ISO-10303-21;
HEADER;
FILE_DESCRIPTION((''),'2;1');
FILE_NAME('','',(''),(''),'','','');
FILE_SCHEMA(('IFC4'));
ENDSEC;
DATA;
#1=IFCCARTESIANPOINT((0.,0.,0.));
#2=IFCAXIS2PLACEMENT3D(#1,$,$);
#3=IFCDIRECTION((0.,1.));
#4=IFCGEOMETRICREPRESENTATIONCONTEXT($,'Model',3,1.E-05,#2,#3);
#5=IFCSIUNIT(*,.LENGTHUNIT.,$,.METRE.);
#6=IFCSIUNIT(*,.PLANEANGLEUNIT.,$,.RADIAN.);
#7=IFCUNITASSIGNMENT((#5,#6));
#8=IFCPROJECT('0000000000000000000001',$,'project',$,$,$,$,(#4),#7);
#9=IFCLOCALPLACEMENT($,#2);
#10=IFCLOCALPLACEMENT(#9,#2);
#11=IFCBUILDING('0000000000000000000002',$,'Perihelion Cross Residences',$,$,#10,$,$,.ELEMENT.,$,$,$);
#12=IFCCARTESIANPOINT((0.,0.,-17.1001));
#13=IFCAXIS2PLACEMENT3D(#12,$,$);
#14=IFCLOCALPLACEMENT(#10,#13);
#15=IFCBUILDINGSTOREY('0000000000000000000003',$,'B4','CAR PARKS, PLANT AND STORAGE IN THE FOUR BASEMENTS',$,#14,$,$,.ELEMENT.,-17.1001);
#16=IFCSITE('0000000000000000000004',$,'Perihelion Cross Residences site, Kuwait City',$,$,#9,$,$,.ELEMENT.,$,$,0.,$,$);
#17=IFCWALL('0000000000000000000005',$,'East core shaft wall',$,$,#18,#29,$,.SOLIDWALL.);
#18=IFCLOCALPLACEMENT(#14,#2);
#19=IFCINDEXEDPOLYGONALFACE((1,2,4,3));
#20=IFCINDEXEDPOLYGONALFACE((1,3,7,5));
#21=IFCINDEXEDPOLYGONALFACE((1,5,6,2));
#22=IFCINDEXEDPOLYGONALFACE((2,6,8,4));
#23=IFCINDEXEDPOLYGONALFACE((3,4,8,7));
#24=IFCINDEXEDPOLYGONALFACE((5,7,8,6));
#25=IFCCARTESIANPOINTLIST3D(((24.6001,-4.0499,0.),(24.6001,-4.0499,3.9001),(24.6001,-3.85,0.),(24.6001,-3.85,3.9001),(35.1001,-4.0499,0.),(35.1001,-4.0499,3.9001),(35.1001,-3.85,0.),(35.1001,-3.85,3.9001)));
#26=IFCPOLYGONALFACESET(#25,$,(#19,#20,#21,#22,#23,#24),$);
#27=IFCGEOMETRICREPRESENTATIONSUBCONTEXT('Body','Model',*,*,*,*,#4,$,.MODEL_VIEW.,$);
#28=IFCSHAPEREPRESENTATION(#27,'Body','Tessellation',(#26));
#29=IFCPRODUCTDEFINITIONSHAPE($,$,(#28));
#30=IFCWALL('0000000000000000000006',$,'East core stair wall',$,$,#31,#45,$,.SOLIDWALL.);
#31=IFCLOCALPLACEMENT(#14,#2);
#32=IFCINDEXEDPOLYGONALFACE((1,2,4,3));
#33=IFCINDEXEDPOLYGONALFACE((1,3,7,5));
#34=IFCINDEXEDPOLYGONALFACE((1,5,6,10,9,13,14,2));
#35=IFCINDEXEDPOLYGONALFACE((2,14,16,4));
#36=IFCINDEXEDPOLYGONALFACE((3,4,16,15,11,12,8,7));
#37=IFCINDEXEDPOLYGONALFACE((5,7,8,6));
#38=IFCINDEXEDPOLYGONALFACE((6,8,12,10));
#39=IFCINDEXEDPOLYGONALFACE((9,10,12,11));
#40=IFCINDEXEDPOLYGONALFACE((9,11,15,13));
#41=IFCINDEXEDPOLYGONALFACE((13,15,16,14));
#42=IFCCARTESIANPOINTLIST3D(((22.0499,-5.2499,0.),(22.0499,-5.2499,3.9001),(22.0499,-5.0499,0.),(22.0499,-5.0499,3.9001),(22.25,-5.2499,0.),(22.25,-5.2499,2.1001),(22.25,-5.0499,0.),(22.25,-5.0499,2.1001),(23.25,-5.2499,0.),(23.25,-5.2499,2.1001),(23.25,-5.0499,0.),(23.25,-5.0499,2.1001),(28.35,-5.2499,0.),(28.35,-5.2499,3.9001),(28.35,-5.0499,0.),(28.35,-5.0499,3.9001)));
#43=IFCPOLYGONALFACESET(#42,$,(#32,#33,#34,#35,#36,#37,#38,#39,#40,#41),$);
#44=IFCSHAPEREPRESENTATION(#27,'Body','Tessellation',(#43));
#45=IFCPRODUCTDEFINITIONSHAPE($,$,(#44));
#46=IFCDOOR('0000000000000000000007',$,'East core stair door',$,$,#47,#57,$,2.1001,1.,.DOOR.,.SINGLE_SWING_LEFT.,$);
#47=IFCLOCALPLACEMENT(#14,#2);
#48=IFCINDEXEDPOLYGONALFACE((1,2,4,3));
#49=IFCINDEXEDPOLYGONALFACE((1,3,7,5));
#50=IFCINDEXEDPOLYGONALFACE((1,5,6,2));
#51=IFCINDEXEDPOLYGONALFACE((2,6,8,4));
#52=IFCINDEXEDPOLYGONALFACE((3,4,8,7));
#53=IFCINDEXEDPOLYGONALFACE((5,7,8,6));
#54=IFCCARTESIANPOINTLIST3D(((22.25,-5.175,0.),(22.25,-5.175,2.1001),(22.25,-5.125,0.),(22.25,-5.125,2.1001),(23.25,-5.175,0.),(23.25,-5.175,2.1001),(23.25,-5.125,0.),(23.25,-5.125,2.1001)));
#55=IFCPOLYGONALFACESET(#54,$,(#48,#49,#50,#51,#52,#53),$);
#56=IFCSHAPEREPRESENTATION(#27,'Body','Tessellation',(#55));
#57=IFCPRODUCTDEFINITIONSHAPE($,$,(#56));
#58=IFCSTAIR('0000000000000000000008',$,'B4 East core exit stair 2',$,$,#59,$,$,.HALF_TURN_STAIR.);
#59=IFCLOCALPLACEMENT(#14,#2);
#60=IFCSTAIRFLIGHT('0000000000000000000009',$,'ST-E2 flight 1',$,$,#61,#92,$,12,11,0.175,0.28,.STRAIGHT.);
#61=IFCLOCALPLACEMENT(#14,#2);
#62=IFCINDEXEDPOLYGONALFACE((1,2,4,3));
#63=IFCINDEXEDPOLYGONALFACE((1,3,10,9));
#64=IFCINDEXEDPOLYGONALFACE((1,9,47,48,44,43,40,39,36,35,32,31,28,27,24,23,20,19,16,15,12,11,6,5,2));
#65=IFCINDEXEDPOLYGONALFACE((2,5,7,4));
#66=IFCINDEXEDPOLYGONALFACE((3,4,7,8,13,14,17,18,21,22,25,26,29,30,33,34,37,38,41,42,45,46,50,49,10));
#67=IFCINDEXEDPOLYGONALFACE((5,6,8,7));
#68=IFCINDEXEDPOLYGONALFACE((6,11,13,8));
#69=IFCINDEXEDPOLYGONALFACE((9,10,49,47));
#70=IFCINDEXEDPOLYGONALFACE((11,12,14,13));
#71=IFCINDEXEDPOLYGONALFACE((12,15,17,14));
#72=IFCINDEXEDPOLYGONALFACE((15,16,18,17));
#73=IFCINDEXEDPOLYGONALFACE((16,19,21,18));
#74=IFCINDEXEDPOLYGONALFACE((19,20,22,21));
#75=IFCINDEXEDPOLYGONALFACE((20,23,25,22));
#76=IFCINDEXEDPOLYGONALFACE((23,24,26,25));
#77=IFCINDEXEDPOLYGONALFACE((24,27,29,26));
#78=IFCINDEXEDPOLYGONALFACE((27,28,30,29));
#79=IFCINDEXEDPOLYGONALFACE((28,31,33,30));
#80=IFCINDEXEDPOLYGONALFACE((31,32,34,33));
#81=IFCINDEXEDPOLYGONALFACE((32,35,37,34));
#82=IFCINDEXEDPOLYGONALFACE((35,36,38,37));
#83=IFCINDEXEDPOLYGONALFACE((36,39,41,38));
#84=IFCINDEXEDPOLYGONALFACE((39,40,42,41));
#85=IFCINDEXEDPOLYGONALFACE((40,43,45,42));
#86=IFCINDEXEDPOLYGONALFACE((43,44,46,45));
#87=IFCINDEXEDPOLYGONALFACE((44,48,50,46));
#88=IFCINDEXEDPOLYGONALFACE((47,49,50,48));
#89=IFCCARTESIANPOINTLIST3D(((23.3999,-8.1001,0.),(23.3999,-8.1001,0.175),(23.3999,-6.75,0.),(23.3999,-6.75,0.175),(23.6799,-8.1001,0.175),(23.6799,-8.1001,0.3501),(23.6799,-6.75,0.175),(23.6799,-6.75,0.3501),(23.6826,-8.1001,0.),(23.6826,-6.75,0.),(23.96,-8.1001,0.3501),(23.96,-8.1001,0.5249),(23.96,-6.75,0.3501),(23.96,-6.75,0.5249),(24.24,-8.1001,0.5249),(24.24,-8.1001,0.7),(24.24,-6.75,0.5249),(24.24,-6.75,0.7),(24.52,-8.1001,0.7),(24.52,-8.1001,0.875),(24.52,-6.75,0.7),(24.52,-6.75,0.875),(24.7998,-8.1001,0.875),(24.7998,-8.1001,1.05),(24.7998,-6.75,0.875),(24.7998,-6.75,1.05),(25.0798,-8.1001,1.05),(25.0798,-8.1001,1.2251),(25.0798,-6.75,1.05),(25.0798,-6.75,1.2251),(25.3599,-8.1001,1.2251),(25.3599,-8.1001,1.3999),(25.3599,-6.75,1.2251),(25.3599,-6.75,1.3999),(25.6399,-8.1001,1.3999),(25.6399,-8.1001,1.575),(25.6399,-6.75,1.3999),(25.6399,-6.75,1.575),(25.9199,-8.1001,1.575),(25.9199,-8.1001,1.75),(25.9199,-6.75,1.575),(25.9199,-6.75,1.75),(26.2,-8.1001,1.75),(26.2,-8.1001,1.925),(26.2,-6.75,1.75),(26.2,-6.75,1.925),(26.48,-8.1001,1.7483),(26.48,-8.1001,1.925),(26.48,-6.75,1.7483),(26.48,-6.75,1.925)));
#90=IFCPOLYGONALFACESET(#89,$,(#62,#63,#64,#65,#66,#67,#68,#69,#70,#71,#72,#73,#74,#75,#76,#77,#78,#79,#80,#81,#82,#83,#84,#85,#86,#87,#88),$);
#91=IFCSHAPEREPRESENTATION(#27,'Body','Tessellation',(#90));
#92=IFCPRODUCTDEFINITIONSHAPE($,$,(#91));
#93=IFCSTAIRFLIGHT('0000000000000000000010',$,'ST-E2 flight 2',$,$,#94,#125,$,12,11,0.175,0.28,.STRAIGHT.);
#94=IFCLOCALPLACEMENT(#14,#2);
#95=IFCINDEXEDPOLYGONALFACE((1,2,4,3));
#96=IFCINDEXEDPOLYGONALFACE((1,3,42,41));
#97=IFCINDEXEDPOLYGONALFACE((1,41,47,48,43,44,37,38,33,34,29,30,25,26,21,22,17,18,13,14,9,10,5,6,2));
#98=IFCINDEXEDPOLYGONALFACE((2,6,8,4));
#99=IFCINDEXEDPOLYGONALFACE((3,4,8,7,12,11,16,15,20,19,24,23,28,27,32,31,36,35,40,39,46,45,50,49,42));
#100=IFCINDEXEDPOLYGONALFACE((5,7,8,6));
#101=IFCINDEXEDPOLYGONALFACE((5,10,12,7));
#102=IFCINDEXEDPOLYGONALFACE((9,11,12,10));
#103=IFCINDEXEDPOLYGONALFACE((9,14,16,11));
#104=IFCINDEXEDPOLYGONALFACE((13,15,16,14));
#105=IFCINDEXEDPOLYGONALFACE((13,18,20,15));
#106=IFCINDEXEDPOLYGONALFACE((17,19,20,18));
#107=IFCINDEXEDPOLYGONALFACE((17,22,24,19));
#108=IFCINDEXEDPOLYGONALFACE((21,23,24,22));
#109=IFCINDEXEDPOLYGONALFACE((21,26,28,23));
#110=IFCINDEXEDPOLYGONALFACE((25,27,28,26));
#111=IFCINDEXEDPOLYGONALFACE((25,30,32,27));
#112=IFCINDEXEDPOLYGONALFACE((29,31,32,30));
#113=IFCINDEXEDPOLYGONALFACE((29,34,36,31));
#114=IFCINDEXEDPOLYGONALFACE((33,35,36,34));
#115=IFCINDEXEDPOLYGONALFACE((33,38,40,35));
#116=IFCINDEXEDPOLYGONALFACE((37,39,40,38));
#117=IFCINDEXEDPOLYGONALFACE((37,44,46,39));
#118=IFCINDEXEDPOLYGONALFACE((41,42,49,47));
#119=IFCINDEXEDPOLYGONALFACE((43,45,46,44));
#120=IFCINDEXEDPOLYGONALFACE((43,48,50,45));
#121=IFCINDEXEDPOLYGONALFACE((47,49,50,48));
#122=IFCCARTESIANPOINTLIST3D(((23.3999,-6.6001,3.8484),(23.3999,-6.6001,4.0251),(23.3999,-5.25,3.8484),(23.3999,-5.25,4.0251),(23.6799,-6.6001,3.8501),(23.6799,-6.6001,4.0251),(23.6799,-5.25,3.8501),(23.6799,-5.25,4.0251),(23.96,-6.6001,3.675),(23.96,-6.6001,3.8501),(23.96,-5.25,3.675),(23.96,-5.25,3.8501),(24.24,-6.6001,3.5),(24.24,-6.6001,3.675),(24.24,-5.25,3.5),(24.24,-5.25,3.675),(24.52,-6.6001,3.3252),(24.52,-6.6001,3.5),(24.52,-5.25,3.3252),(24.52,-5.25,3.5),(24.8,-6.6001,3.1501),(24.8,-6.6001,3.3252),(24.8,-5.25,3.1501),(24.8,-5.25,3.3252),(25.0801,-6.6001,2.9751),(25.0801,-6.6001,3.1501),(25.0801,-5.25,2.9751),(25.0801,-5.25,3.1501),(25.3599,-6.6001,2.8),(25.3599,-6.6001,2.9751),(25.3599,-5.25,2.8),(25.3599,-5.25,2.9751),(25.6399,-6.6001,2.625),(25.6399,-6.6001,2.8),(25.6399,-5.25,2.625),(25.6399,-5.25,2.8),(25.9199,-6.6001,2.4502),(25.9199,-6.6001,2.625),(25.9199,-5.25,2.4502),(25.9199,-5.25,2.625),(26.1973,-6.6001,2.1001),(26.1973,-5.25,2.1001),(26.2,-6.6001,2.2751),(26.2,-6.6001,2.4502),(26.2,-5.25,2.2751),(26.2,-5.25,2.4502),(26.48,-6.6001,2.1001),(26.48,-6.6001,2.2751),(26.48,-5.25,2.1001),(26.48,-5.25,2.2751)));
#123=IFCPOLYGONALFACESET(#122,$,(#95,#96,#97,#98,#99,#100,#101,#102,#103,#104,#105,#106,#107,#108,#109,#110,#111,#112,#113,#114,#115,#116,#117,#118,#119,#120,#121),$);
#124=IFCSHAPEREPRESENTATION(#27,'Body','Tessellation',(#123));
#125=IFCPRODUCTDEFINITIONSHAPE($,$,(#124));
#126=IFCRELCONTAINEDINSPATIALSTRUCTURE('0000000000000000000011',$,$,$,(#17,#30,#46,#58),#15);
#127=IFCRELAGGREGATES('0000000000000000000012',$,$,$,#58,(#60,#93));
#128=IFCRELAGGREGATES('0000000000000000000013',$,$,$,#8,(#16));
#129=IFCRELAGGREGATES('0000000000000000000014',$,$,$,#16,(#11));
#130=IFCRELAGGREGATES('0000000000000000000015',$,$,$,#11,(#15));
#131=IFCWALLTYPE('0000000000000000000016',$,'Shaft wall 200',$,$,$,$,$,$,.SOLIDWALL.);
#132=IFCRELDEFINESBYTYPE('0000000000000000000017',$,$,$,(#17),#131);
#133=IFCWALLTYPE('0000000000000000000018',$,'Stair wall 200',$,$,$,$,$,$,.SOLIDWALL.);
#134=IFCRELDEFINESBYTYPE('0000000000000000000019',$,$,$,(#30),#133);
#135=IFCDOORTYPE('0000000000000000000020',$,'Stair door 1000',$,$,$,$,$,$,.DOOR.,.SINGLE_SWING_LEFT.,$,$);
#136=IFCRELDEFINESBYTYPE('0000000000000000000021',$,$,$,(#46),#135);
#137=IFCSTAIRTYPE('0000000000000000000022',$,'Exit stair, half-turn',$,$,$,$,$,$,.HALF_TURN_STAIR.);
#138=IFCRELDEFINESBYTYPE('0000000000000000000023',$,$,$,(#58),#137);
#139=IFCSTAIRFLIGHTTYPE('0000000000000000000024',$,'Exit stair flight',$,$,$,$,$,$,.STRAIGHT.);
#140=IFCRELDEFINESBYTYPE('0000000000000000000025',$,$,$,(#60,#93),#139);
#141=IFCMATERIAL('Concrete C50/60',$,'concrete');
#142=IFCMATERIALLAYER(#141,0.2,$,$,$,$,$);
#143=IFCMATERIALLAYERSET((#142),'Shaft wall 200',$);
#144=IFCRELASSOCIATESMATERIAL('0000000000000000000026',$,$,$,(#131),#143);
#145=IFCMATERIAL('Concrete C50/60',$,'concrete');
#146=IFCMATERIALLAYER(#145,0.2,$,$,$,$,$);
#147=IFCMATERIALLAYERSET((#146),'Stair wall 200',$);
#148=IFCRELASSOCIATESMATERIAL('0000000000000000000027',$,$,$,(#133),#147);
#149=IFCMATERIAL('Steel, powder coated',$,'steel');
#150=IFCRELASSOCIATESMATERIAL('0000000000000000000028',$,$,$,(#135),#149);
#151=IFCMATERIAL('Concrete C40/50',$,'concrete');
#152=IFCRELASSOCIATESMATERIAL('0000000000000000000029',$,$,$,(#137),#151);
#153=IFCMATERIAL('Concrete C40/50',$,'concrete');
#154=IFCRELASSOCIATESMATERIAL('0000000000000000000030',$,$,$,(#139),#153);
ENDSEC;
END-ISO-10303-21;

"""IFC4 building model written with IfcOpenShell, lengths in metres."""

from ifc_helpers import new_model, si_unit, direction, frame, frame_2d, origin, place, context, subcontext, project, spatial, polyline, rectangle, outline, extrude, material, layer, layer_set, type_object, element, fill, aggregate, save


model = new_model("IFC4")

# Units and contexts
model_context = context("Model", 3, precision=1e-05, world=origin(), true_north=direction((0.0, 1.0)))
body_context = subcontext(model_context, "Body", "Model", "MODEL_VIEW")
ifc_project = project(units=[si_unit("LENGTHUNIT", "METRE"), si_unit("PLANEANGLEUNIT", "RADIAN")], contexts=[model_context])

# Site, building, storey
site_placement = place(None, origin())
site = spatial("IfcSite", under=ifc_project, at=site_placement, Name="Perihelion Cross Residences site, Kuwait City", CompositionType="ELEMENT", RefElevation=0.0)
building_placement = place(site_placement, origin())
building = spatial("IfcBuilding", under=site, at=building_placement, Name="Perihelion Cross Residences", CompositionType="ELEMENT")
storey_placement = place(building_placement, frame((0.0, 0.0, -17.1001)))
storey = spatial("IfcBuildingStorey", under=building, at=storey_placement, Name="B4", Description="CAR PARKS, PLANT AND STORAGE IN THE FOUR BASEMENTS", CompositionType="ELEMENT", Elevation=-17.1001)

# Shared definitions
ifc_material_1 = material(Name="Concrete C50/60", Category="concrete")
ifc_layer_1 = layer(ifc_material_1, 0.2)
ifc_layer_set_1 = layer_set([ifc_layer_1], Name="Shaft wall 200")
wall_type_1 = type_object("IfcWallType", Name="Shaft wall 200", PredefinedType="SOLIDWALL", material=ifc_layer_set_1)

# Wall
wall_1_placement = place(storey_placement, frame((24.6001, -3.95, 0.0), z_axis=(0.0, 0.0, 1.0), x_axis=(1.0, 0.0, 0.0)))
element("IfcWall", 1, at=wall_1_placement, inside=storey, type_object=wall_type_1, Name="East core shaft wall", PredefinedType="SOLIDWALL", context=body_context, shape_type="SweptSolid", body=[
    extrude(rectangle(XDim=10.5, YDim=0.2, at=frame_2d((5.25, 0.0))), origin(), (0.0, 0.0, 1.0), 3.9001),
])

# Wall, opening, door
ifc_material_2 = material(Name="Concrete C50/60", Category="concrete")
ifc_layer_2 = layer(ifc_material_2, 0.2)
ifc_layer_set_2 = layer_set([ifc_layer_2], Name="Stair wall 200")
wall_type_2 = type_object("IfcWallType", Name="Stair wall 200", PredefinedType="SOLIDWALL", material=ifc_layer_set_2)
wall_2_placement = place(storey_placement, frame((22.05, -5.1499, 0.0), z_axis=(0.0, 0.0, 1.0), x_axis=(1.0, 0.0, 0.0)))
wall_2 = element("IfcWall", 2, at=wall_2_placement, inside=storey, type_object=wall_type_2, Name="East core stair wall", PredefinedType="SOLIDWALL", context=body_context, shape_type="SweptSolid", body=[
    extrude(rectangle(XDim=6.3, YDim=0.2, at=frame_2d((3.1499, 0.0))), origin(), (0.0, 0.0, 1.0), 3.9001),
])
opening_1_placement = place(wall_2_placement, frame((0.2, 0.0, 0.0)))
opening_1 = element("IfcOpeningElement", 3, at=opening_1_placement, cuts=wall_2, PredefinedType="OPENING", context=body_context, shape_type="SweptSolid", body=[
    extrude(rectangle(XDim=1.0, YDim=2.1001, at=frame_2d((0.5, 1.05))), frame((0.0, 0.1099, 0.0), z_axis=(0.0, -1.0, 0.0), x_axis=(1.0, 0.0, 0.0)), (0.0, 0.0, 1.0), 0.22),
])
ifc_material_3 = material(Name="Steel, powder coated", Category="steel")
door_type_1 = type_object("IfcDoorType", Name="Stair door 1000", OperationType="SINGLE_SWING_LEFT", PredefinedType="DOOR", material=ifc_material_3)
door_1_placement = place(opening_1_placement, origin())
door_1 = element("IfcDoor", 4, at=door_1_placement, inside=storey, type_object=door_type_1, Name="East core stair door", OperationType="SINGLE_SWING_LEFT", OverallHeight=2.1001, OverallWidth=1.0, PredefinedType="DOOR", context=body_context, shape_type="SweptSolid", body=[
    extrude(rectangle(XDim=1.0, YDim=2.1001, at=frame_2d((0.5, 1.05))), frame((0.0, 0.0249, 0.0), z_axis=(0.0, -1.0, 0.0), x_axis=(1.0, 0.0, 0.0)), (0.0, 0.0, 1.0), 0.05),
])
fill(opening_1, door_1)

# Stair, stair flights
ifc_material_4 = material(Name="Concrete C40/50", Category="concrete")
stair_type = type_object("IfcStairType", Name="Exit stair, half-turn", PredefinedType="HALF_TURN_STAIR", material=ifc_material_4)
stair_placement = place(storey_placement, origin())
stair = element("IfcStair", 5, at=stair_placement, inside=storey, type_object=stair_type, Name="B4 East core exit stair 2", PredefinedType="HALF_TURN_STAIR")
ifc_material_5 = material(Name="Concrete C40/50", Category="concrete")
stair_flight_type = type_object("IfcStairFlightType", Name="Exit stair flight", PredefinedType="STRAIGHT", material=ifc_material_5)
stair_flight_1_placement = place(storey_placement, frame((23.3999, -7.425, 0.0), z_axis=(0.0, 0.0, 1.0), x_axis=(1.0, 0.0, 0.0)))
stair_flight_1 = element("IfcStairFlight", 6, at=stair_flight_1_placement, type_object=stair_flight_type, Name="ST-E2 flight 1", NumberOfRisers=12, NumberOfTreads=11, PredefinedType="STRAIGHT", RiserHeight=0.175, TreadLength=0.28, context=body_context, shape_type="SweptSolid", body=[
    extrude(outline(polyline([(0.0, 0.0), (0.0, 0.175), (0.28, 0.175), (0.28, 0.3501), (0.5601, 0.3501), (0.5601, 0.5249), (0.8401, 0.5249), (0.8401, 0.7), (1.1201, 0.7), (1.1201, 0.875), (1.3999, 0.875), (1.3999, 1.05), (1.6799, 1.05), (1.6799, 1.2251), (1.96, 1.2251), (1.96, 1.3999), (2.24, 1.3999), (2.24, 1.575), (2.52, 1.575), (2.52, 1.75), (2.8, 1.75), (2.8, 1.925), (3.0801, 1.925), (3.0801, 2.1001), (3.0801, 1.7483), (0.2827, 0.0), (0.0, 0.0)])), frame((0.0, 0.675, 0.0), z_axis=(0.0, -1.0, 0.0), x_axis=(1.0, 0.0, 0.0)), (0.0, 0.0, 1.0), 1.3501),
])
stair_flight_2_placement = place(storey_placement, frame((26.48, -5.925, 2.1001), z_axis=(0.0, 0.0, 1.0), x_axis=(-1.0, 0.0, 0.0)))
stair_flight_2 = element("IfcStairFlight", 7, at=stair_flight_2_placement, type_object=stair_flight_type, Name="ST-E2 flight 2", NumberOfRisers=12, NumberOfTreads=11, PredefinedType="STRAIGHT", RiserHeight=0.175, TreadLength=0.28, context=body_context, shape_type="SweptSolid", body=[
    extrude(outline(polyline([(0.0, 0.0), (0.0, 0.175), (0.28, 0.175), (0.28, 0.3501), (0.5601, 0.3501), (0.5601, 0.5249), (0.8401, 0.5249), (0.8401, 0.7), (1.1201, 0.7), (1.1201, 0.875), (1.3999, 0.875), (1.3999, 1.05), (1.6799, 1.05), (1.6799, 1.2251), (1.96, 1.2251), (1.96, 1.3999), (2.24, 1.3999), (2.24, 1.575), (2.52, 1.575), (2.52, 1.75), (2.8, 1.75), (2.8, 1.925), (3.0801, 1.925), (3.0801, 2.1001), (3.0801, 1.7483), (0.2827, 0.0), (0.0, 0.0)])), frame((0.0, 0.675, 0.0), z_axis=(0.0, -1.0, 0.0), x_axis=(1.0, 0.0, 0.0)), (0.0, 0.0, 1.0), 1.3501),
])
aggregate(stair, [stair_flight_1, stair_flight_2])

save(model, "model.ifc")
